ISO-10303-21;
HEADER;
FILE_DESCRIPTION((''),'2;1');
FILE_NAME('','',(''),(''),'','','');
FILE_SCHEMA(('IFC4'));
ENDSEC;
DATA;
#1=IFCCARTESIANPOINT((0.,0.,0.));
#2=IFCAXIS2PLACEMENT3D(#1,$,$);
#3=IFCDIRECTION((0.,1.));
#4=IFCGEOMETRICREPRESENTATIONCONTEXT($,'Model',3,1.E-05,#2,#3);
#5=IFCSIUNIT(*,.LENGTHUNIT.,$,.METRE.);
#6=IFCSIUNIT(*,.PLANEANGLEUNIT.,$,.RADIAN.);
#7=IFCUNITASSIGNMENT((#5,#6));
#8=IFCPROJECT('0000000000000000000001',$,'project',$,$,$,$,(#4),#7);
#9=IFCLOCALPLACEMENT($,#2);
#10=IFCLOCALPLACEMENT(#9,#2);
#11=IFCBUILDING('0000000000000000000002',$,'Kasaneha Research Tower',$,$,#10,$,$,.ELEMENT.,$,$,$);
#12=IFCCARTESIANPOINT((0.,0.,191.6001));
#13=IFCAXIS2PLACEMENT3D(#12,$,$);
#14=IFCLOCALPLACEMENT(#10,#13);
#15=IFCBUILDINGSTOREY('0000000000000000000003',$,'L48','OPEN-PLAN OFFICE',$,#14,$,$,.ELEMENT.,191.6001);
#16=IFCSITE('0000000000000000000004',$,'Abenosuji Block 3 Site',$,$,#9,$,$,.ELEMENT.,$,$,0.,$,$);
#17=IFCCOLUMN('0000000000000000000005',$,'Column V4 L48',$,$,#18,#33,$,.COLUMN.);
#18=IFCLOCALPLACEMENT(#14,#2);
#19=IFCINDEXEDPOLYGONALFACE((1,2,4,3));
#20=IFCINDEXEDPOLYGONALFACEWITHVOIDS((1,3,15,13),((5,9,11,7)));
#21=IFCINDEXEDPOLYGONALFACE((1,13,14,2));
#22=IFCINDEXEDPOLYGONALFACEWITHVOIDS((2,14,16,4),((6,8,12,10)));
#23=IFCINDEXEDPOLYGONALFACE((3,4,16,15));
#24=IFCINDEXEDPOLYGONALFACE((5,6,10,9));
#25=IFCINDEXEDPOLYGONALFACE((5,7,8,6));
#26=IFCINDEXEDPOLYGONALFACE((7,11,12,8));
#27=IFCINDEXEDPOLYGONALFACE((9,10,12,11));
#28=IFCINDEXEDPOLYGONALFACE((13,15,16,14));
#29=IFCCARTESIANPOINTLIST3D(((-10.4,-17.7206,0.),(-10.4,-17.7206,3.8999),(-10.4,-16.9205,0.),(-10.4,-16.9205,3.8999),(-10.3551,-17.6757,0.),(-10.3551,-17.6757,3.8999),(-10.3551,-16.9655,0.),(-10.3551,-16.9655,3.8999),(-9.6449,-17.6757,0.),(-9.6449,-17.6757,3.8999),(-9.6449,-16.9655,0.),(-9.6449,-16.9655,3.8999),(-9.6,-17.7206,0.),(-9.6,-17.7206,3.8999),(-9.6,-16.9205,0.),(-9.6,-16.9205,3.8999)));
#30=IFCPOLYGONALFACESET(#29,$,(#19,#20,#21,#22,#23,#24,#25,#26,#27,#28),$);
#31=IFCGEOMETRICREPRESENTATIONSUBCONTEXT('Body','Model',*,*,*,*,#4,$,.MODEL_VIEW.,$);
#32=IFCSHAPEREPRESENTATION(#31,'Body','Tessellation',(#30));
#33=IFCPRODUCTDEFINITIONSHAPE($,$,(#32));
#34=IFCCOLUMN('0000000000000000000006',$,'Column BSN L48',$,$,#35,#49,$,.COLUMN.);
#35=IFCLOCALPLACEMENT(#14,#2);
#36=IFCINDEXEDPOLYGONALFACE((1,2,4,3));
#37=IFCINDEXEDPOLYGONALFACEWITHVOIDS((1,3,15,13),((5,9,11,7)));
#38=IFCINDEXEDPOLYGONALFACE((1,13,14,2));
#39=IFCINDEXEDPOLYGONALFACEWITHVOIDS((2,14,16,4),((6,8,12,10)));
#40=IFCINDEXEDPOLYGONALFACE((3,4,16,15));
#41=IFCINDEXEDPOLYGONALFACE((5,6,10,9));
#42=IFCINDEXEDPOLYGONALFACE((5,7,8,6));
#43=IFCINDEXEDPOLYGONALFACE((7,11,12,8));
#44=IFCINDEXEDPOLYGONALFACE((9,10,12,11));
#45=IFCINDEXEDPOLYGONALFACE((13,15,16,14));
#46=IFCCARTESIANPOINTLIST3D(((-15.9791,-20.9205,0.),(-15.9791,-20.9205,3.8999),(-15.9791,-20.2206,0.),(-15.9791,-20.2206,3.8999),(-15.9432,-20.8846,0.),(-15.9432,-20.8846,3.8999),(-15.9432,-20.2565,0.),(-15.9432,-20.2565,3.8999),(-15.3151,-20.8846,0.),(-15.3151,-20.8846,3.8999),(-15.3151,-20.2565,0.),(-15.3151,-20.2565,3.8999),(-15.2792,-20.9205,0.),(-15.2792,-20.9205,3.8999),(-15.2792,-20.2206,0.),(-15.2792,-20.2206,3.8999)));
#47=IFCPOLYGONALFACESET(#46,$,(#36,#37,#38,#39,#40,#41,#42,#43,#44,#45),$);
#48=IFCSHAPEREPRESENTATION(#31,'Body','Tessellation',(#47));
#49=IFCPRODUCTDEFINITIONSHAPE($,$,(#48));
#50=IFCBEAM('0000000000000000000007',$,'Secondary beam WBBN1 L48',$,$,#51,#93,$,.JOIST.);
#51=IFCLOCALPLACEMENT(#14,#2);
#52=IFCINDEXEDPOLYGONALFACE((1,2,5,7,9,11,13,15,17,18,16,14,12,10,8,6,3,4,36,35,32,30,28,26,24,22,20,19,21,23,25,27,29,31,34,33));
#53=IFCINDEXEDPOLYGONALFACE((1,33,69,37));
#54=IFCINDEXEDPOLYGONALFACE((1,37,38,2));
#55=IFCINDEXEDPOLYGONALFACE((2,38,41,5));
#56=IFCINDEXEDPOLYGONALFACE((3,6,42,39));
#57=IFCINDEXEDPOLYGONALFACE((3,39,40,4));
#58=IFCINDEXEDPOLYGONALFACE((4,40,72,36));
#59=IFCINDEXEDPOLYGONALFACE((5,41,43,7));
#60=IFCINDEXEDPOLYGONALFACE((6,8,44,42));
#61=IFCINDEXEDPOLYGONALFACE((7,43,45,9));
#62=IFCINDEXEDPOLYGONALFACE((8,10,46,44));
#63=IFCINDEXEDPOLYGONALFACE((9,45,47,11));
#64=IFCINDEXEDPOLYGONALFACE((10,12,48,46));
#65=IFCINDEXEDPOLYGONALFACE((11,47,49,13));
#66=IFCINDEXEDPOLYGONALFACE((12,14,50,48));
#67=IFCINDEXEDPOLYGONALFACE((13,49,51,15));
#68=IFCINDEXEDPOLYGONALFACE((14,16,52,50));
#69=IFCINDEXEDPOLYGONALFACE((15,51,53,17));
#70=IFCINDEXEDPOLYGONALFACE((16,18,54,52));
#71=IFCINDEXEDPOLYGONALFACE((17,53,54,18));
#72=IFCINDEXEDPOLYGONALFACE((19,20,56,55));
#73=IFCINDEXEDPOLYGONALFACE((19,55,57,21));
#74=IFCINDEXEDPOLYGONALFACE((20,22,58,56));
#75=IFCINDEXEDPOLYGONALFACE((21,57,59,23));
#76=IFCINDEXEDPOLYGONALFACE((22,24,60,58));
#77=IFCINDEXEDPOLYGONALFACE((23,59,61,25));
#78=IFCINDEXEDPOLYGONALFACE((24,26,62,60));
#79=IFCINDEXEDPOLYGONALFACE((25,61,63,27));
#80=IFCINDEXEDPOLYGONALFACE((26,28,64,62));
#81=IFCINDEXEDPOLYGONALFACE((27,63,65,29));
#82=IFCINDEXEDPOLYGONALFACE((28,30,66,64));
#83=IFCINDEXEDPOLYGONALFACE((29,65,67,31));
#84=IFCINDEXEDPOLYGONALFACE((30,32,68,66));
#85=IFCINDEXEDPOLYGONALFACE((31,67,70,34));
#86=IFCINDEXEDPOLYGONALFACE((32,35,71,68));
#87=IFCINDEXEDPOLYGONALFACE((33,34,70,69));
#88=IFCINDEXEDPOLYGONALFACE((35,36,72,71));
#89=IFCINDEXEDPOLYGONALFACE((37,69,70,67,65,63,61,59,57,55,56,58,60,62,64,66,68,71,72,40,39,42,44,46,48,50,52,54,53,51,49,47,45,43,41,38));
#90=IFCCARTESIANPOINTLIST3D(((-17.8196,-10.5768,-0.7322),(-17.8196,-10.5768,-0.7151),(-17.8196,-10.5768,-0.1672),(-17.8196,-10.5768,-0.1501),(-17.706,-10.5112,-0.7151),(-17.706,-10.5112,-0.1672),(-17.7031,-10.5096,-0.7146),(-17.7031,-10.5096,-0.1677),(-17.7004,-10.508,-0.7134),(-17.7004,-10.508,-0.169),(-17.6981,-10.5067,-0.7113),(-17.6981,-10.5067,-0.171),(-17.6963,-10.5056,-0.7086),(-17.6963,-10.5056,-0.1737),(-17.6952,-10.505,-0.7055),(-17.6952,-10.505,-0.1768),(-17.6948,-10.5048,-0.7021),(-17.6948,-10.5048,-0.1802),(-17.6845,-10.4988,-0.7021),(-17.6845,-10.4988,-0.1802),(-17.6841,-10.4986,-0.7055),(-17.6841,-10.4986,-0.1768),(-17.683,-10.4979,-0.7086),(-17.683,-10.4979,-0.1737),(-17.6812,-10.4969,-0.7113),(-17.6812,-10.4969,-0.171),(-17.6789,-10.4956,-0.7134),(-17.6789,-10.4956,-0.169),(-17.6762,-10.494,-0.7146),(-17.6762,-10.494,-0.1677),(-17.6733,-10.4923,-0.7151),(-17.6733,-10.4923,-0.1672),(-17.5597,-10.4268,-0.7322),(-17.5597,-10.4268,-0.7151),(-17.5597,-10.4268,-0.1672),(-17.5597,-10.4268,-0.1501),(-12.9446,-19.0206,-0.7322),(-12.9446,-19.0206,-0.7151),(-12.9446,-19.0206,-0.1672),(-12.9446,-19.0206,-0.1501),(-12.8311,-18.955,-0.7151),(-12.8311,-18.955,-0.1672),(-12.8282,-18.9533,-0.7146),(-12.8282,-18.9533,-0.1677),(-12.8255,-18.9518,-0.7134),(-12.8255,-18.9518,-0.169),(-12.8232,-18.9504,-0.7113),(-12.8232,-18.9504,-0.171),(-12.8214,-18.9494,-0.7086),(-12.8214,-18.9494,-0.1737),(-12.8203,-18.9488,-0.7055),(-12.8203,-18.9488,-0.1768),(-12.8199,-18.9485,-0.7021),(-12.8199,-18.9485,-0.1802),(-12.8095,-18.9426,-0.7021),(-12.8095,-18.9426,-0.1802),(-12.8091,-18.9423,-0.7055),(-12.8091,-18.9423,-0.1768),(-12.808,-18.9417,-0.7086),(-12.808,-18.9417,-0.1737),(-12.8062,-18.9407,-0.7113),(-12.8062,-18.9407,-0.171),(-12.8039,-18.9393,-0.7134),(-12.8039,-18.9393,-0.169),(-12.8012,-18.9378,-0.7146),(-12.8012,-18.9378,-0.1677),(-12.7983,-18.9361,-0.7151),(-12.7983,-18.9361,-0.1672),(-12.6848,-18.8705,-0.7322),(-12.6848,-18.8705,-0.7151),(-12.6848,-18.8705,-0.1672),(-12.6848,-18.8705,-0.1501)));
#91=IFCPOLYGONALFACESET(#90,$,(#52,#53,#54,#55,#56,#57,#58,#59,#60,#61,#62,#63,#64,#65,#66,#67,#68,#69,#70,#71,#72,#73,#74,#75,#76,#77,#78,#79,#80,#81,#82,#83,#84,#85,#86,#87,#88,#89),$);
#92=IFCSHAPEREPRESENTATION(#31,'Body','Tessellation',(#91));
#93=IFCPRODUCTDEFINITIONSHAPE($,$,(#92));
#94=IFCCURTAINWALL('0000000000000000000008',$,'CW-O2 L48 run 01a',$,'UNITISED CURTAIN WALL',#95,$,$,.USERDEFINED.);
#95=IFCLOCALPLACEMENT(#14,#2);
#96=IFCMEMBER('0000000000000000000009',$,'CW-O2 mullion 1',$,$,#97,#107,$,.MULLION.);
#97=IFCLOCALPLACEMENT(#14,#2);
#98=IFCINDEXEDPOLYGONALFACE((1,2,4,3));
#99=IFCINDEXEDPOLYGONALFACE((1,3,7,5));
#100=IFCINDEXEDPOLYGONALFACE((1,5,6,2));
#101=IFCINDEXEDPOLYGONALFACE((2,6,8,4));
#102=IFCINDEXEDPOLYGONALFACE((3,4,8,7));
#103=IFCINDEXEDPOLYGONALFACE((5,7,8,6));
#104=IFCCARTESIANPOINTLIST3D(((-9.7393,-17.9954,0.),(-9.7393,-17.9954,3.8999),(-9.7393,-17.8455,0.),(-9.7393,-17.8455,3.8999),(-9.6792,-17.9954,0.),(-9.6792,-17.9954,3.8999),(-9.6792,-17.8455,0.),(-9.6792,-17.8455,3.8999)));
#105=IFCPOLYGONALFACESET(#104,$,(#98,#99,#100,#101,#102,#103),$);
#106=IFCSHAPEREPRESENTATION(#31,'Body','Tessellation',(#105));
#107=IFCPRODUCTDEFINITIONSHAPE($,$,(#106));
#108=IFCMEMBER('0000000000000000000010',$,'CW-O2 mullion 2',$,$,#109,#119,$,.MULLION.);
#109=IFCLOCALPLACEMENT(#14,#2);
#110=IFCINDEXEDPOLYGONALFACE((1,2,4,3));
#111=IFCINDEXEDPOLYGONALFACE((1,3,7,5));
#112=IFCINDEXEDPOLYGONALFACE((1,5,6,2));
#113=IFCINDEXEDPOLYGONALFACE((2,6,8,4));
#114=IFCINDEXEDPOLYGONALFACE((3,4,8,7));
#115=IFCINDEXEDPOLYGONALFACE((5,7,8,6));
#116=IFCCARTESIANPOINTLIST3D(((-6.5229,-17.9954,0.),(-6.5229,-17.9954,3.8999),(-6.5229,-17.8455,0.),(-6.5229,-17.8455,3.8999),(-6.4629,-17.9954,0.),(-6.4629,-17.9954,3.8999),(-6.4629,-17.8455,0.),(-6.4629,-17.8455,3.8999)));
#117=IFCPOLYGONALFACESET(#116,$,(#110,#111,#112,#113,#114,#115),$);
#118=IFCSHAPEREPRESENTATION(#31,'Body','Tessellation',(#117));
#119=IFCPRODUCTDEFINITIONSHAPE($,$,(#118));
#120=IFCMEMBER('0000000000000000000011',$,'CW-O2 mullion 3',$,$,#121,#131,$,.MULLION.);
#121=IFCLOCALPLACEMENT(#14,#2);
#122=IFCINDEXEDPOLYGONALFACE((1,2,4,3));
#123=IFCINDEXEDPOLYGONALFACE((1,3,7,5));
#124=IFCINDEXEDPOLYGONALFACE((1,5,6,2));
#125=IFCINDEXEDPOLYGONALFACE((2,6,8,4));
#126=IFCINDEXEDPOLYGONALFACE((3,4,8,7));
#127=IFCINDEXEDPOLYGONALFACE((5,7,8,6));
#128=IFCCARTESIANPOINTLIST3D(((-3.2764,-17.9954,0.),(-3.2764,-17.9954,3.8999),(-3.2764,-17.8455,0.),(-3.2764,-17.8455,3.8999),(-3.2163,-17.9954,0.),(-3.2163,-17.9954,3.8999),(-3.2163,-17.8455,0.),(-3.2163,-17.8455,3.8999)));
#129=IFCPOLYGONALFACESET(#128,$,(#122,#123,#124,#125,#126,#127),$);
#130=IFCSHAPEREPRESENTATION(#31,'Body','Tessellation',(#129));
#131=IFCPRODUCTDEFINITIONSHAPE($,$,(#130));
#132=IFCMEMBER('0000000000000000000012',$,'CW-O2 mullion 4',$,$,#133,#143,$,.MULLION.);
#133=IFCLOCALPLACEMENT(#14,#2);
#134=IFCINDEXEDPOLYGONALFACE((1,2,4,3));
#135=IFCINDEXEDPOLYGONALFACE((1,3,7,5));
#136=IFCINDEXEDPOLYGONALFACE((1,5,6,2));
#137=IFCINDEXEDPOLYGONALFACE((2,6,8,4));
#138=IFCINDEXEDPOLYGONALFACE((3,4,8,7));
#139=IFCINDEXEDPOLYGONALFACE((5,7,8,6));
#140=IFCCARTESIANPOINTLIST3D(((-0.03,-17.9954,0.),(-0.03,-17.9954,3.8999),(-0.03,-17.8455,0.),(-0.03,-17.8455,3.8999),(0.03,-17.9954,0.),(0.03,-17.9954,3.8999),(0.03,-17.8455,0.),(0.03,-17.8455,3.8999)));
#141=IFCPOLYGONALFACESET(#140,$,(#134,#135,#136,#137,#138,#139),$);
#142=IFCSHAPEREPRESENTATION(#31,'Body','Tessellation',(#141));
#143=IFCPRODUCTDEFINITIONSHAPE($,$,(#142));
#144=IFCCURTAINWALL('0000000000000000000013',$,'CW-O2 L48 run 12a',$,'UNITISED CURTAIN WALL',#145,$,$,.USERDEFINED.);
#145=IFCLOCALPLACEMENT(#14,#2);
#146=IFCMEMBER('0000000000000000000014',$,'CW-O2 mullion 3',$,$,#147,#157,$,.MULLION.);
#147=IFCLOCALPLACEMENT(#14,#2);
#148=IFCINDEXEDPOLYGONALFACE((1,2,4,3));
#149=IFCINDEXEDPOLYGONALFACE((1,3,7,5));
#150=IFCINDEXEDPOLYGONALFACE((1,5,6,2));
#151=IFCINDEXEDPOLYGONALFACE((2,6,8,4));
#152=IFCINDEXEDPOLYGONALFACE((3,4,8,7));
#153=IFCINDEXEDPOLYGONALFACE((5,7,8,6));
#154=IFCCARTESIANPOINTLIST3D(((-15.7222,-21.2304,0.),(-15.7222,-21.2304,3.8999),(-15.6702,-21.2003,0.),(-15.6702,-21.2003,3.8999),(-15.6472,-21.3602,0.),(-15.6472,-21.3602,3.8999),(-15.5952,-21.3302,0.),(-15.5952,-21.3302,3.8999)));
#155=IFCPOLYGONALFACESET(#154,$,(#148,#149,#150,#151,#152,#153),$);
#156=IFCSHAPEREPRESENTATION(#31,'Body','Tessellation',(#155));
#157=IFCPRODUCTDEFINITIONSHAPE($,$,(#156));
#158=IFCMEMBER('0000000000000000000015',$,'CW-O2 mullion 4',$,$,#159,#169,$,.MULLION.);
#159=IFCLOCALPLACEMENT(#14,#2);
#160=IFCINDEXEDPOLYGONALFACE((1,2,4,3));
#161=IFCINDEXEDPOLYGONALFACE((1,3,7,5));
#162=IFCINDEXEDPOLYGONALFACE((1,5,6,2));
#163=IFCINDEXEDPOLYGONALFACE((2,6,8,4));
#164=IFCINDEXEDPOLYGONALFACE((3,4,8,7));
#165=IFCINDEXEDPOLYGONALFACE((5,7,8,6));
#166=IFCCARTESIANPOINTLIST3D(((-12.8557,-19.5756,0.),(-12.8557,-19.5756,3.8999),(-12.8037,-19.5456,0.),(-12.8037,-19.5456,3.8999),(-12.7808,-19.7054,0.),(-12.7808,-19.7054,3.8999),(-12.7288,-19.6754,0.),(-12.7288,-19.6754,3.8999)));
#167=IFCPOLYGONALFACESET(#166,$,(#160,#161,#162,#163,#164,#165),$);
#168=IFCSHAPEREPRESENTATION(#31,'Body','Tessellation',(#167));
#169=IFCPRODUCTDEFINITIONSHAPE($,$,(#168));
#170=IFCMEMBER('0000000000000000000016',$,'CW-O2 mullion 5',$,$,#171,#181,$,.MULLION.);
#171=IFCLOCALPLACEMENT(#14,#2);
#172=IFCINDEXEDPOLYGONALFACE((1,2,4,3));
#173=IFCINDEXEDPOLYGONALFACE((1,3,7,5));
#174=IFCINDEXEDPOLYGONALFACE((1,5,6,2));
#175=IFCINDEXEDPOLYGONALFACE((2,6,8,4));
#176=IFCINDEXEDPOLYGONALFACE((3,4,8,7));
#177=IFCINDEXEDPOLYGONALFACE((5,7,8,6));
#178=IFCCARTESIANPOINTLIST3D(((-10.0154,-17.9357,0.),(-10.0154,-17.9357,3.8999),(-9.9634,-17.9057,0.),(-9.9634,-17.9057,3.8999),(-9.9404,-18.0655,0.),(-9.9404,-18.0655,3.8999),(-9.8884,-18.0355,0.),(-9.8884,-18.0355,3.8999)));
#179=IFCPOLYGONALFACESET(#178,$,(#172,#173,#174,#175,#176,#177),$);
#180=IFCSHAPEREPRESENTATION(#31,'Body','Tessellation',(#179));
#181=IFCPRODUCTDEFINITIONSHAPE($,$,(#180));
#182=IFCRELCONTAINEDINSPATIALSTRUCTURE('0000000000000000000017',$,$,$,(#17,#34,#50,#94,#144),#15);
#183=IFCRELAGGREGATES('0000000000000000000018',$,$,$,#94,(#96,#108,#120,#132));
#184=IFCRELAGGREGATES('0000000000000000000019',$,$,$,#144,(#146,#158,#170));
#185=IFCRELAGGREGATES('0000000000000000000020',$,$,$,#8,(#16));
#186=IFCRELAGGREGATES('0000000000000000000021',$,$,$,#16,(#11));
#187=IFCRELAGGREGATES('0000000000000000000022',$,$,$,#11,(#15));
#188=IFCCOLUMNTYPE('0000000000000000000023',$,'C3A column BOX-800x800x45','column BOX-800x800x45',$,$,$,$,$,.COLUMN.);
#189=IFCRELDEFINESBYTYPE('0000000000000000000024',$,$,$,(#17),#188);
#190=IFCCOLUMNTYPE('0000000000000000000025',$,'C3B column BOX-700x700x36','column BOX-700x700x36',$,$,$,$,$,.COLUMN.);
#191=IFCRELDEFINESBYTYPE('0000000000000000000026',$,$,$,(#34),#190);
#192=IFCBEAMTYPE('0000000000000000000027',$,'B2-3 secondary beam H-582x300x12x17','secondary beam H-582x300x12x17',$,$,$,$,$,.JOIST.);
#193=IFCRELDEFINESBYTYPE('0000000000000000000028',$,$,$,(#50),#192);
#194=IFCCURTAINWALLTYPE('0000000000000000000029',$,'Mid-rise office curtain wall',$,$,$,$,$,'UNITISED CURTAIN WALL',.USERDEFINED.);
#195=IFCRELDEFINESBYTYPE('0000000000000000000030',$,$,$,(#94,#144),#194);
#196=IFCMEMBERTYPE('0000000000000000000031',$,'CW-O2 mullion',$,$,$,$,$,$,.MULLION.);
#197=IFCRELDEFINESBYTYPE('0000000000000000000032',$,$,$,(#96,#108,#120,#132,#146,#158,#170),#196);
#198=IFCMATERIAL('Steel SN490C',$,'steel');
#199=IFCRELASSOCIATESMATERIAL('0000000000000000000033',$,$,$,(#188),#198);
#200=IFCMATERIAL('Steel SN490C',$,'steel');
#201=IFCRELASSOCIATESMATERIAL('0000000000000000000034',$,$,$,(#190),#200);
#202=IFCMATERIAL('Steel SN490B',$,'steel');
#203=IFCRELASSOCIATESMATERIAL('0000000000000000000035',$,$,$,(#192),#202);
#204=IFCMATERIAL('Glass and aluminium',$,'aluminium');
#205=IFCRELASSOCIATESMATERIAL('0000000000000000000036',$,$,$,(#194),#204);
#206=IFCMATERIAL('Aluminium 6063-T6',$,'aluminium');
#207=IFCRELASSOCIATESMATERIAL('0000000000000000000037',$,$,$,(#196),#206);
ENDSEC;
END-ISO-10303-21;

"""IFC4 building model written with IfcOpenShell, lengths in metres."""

from ifc_helpers import new_model, si_unit, direction, frame, origin, origin_2d, place, context, subcontext, project, spatial, rectangle, hollow_rectangle, i_section, extrude, material, material_profile, profile_set, type_object, element, aggregate, save


model = new_model("IFC4")

# Units and contexts
model_context = context("Model", 3, precision=1e-05, world=origin(), true_north=direction((0.0, 1.0)))
body_context = subcontext(model_context, "Body", "Model", "MODEL_VIEW")
ifc_project = project(units=[si_unit("LENGTHUNIT", "METRE"), si_unit("PLANEANGLEUNIT", "RADIAN")], contexts=[model_context])

# Site, building, storey
site_placement = place(None, origin())
site = spatial("IfcSite", under=ifc_project, at=site_placement, Name="Abenosuji Block 3 Site", CompositionType="ELEMENT", RefElevation=0.0)
building_placement = place(site_placement, origin())
building = spatial("IfcBuilding", under=site, at=building_placement, Name="Kasaneha Research Tower", CompositionType="ELEMENT")
storey_placement = place(building_placement, frame((0.0, 0.0, 191.6001)))
storey = spatial("IfcBuildingStorey", under=building, at=storey_placement, Name="L48", Description="OPEN-PLAN OFFICE", CompositionType="ELEMENT", Elevation=191.6001)

# Columns
ifc_material_1 = material(Name="Steel SN490C", Category="steel")
ifc_material_profile_1 = material_profile(ifc_material_1, hollow_rectangle(XDim=0.8, YDim=0.8, WallThickness=0.0449, at=origin_2d()), Name="BOX-800x800x45")
ifc_profile_set_1 = profile_set([ifc_material_profile_1], Name="Steel SN490C")
column_type_1 = type_object("IfcColumnType", Name="C3A column BOX-800x800x45", Description="column BOX-800x800x45", PredefinedType="COLUMN", material=ifc_profile_set_1)
column_1_placement = place(storey_placement, frame((-10.0, -17.3206, 0.0), z_axis=(0.0, 0.0, 1.0), x_axis=(1.0, 0.0, 0.0)))
element("IfcColumn", 1, at=column_1_placement, inside=storey, type_object=column_type_1, Name="Column V4 L48", PredefinedType="COLUMN", context=body_context, shape_type="SweptSolid", body=[
    extrude(hollow_rectangle(XDim=0.8, YDim=0.8, WallThickness=0.0449, at=origin_2d()), origin(), (0.0, 0.0, 1.0), 3.8999),
])
ifc_material_2 = material(Name="Steel SN490C", Category="steel")
ifc_material_profile_2 = material_profile(ifc_material_2, hollow_rectangle(XDim=0.7, YDim=0.7, WallThickness=0.0359, at=origin_2d()), Name="BOX-700x700x36")
ifc_profile_set_2 = profile_set([ifc_material_profile_2], Name="Steel SN490C")
column_type_2 = type_object("IfcColumnType", Name="C3B column BOX-700x700x36", Description="column BOX-700x700x36", PredefinedType="COLUMN", material=ifc_profile_set_2)
column_2_placement = place(storey_placement, frame((-15.6292, -20.5706, 0.0), z_axis=(0.0, 0.0, 1.0), x_axis=(1.0, 0.0, 0.0)))
element("IfcColumn", 2, at=column_2_placement, inside=storey, type_object=column_type_2, Name="Column BSN L48", PredefinedType="COLUMN", context=body_context, shape_type="SweptSolid", body=[
    extrude(hollow_rectangle(XDim=0.7, YDim=0.7, WallThickness=0.0359, at=origin_2d()), origin(), (0.0, 0.0, 1.0), 3.8999),
])

# Beam
ifc_material_3 = material(Name="Steel SN490B", Category="steel")
ifc_material_profile_3 = material_profile(ifc_material_3, i_section(OverallWidth=0.3, OverallDepth=0.582, WebThickness=0.012, FlangeThickness=0.0171, FilletRadius=0.0129, at=origin_2d()), Name="H-582x300x12x17")
ifc_profile_set_3 = profile_set([ifc_material_profile_3], Name="Steel SN490B")
beam_type_1 = type_object("IfcBeamType", Name="B2-3 secondary beam H-582x300x12x17", Description="secondary beam H-582x300x12x17", PredefinedType="JOIST", material=ifc_profile_set_3)
beam_1_placement = place(storey_placement, frame((-12.8147, -18.9456, -0.4412), z_axis=(-0.499996, 0.866028, 0.0), x_axis=(-0.866028, -0.499996, 0.0)))
element("IfcBeam", 3, at=beam_1_placement, inside=storey, type_object=beam_type_1, Name="Secondary beam WBBN1 L48", PredefinedType="JOIST", context=body_context, shape_type="SweptSolid", body=[
    extrude(i_section(OverallWidth=0.3, OverallDepth=0.582, WebThickness=0.012, FlangeThickness=0.0171, FilletRadius=0.0129, at=origin_2d()), origin(), (0.0, 0.0, 1.0), 9.75),
])

# Curtain walls, members
ifc_material_4 = material(Name="Glass and aluminium", Category="aluminium")
curtain_wall_type = type_object("IfcCurtainWallType", Name="Mid-rise office curtain wall", ElementType="UNITISED CURTAIN WALL", PredefinedType="USERDEFINED", material=ifc_material_4)
curtain_wall_1_placement = place(storey_placement, origin())
curtain_wall_1 = element("IfcCurtainWall", 4, at=curtain_wall_1_placement, inside=storey, type_object=curtain_wall_type, Name="CW-O2 L48 run 01a", ObjectType="UNITISED CURTAIN WALL", PredefinedType="USERDEFINED")
ifc_material_5 = material(Name="Aluminium 6063-T6", Category="aluminium")
ifc_material_profile_4 = material_profile(ifc_material_5, rectangle(XDim=0.0601, YDim=0.1499, at=origin_2d()), Name="CW-O2 mullion 60x150")
ifc_profile_set_4 = profile_set([ifc_material_profile_4], Name="Aluminium 6063-T6")
member_type_1 = type_object("IfcMemberType", Name="CW-O2 mullion", PredefinedType="MULLION", material=ifc_profile_set_4)
member_1_placement = place(storey_placement, frame((-9.7092, -17.9204, 0.0), z_axis=(0.0, 0.0, 1.0), x_axis=(1.0, 0.0, 0.0)))
member_1 = element("IfcMember", 5, at=member_1_placement, type_object=member_type_1, Name="CW-O2 mullion 1", PredefinedType="MULLION", context=body_context, shape_type="SweptSolid", body=[
    extrude(rectangle(XDim=0.0601, YDim=0.1499, at=origin_2d()), origin(), (0.0, 0.0, 1.0), 3.8999),
])
member_2_placement = place(storey_placement, frame((-6.4929, -17.9204, 0.0), z_axis=(0.0, 0.0, 1.0), x_axis=(1.0, 0.0, 0.0)))
member_2 = element("IfcMember", 6, at=member_2_placement, type_object=member_type_1, Name="CW-O2 mullion 2", PredefinedType="MULLION", context=body_context, shape_type="SweptSolid", body=[
    extrude(rectangle(XDim=0.0601, YDim=0.1499, at=origin_2d()), origin(), (0.0, 0.0, 1.0), 3.8999),
])
member_3_placement = place(storey_placement, frame((-3.2463, -17.9204, 0.0), z_axis=(0.0, 0.0, 1.0), x_axis=(1.0, 0.0, 0.0)))
member_3 = element("IfcMember", 7, at=member_3_placement, type_object=member_type_1, Name="CW-O2 mullion 3", PredefinedType="MULLION", context=body_context, shape_type="SweptSolid", body=[
    extrude(rectangle(XDim=0.0601, YDim=0.1499, at=origin_2d()), origin(), (0.0, 0.0, 1.0), 3.8999),
])
member_4_placement = place(storey_placement, frame((0.0, -17.9204, 0.0), z_axis=(0.0, 0.0, 1.0), x_axis=(1.0, 0.0, 0.0)))
member_4 = element("IfcMember", 8, at=member_4_placement, type_object=member_type_1, Name="CW-O2 mullion 4", PredefinedType="MULLION", context=body_context, shape_type="SweptSolid", body=[
    extrude(rectangle(XDim=0.0601, YDim=0.1499, at=origin_2d()), origin(), (0.0, 0.0, 1.0), 3.8999),
])
curtain_wall_2_placement = place(storey_placement, origin())
curtain_wall_2 = element("IfcCurtainWall", 9, at=curtain_wall_2_placement, inside=storey, type_object=curtain_wall_type, Name="CW-O2 L48 run 12a", ObjectType="UNITISED CURTAIN WALL", PredefinedType="USERDEFINED")
member_5_placement = place(storey_placement, frame((-15.6587, -21.2803, 0.0), z_axis=(0.0, 0.0, 1.0), x_axis=(0.866025, 0.5, 0.0)))
member_5 = element("IfcMember", 10, at=member_5_placement, type_object=member_type_1, Name="CW-O2 mullion 3", PredefinedType="MULLION", context=body_context, shape_type="SweptSolid", body=[
    extrude(rectangle(XDim=0.0601, YDim=0.1499, at=origin_2d()), origin(), (0.0, 0.0, 1.0), 3.8999),
])
member_6_placement = place(storey_placement, frame((-12.7922, -19.6255, 0.0), z_axis=(0.0, 0.0, 1.0), x_axis=(0.866025, 0.5, 0.0)))
member_6 = element("IfcMember", 11, at=member_6_placement, type_object=member_type_1, Name="CW-O2 mullion 4", PredefinedType="MULLION", context=body_context, shape_type="SweptSolid", body=[
    extrude(rectangle(XDim=0.0601, YDim=0.1499, at=origin_2d()), origin(), (0.0, 0.0, 1.0), 3.8999),
])
member_7_placement = place(storey_placement, frame((-9.9519, -17.9856, 0.0), z_axis=(0.0, 0.0, 1.0), x_axis=(0.866025, 0.5, 0.0)))
member_7 = element("IfcMember", 12, at=member_7_placement, type_object=member_type_1, Name="CW-O2 mullion 5", PredefinedType="MULLION", context=body_context, shape_type="SweptSolid", body=[
    extrude(rectangle(XDim=0.0601, YDim=0.1499, at=origin_2d()), origin(), (0.0, 0.0, 1.0), 3.8999),
])

aggregate(curtain_wall_1, [member_1, member_2, member_3, member_4])
aggregate(curtain_wall_2, [member_5, member_6, member_7])

save(model, "model.ifc")
